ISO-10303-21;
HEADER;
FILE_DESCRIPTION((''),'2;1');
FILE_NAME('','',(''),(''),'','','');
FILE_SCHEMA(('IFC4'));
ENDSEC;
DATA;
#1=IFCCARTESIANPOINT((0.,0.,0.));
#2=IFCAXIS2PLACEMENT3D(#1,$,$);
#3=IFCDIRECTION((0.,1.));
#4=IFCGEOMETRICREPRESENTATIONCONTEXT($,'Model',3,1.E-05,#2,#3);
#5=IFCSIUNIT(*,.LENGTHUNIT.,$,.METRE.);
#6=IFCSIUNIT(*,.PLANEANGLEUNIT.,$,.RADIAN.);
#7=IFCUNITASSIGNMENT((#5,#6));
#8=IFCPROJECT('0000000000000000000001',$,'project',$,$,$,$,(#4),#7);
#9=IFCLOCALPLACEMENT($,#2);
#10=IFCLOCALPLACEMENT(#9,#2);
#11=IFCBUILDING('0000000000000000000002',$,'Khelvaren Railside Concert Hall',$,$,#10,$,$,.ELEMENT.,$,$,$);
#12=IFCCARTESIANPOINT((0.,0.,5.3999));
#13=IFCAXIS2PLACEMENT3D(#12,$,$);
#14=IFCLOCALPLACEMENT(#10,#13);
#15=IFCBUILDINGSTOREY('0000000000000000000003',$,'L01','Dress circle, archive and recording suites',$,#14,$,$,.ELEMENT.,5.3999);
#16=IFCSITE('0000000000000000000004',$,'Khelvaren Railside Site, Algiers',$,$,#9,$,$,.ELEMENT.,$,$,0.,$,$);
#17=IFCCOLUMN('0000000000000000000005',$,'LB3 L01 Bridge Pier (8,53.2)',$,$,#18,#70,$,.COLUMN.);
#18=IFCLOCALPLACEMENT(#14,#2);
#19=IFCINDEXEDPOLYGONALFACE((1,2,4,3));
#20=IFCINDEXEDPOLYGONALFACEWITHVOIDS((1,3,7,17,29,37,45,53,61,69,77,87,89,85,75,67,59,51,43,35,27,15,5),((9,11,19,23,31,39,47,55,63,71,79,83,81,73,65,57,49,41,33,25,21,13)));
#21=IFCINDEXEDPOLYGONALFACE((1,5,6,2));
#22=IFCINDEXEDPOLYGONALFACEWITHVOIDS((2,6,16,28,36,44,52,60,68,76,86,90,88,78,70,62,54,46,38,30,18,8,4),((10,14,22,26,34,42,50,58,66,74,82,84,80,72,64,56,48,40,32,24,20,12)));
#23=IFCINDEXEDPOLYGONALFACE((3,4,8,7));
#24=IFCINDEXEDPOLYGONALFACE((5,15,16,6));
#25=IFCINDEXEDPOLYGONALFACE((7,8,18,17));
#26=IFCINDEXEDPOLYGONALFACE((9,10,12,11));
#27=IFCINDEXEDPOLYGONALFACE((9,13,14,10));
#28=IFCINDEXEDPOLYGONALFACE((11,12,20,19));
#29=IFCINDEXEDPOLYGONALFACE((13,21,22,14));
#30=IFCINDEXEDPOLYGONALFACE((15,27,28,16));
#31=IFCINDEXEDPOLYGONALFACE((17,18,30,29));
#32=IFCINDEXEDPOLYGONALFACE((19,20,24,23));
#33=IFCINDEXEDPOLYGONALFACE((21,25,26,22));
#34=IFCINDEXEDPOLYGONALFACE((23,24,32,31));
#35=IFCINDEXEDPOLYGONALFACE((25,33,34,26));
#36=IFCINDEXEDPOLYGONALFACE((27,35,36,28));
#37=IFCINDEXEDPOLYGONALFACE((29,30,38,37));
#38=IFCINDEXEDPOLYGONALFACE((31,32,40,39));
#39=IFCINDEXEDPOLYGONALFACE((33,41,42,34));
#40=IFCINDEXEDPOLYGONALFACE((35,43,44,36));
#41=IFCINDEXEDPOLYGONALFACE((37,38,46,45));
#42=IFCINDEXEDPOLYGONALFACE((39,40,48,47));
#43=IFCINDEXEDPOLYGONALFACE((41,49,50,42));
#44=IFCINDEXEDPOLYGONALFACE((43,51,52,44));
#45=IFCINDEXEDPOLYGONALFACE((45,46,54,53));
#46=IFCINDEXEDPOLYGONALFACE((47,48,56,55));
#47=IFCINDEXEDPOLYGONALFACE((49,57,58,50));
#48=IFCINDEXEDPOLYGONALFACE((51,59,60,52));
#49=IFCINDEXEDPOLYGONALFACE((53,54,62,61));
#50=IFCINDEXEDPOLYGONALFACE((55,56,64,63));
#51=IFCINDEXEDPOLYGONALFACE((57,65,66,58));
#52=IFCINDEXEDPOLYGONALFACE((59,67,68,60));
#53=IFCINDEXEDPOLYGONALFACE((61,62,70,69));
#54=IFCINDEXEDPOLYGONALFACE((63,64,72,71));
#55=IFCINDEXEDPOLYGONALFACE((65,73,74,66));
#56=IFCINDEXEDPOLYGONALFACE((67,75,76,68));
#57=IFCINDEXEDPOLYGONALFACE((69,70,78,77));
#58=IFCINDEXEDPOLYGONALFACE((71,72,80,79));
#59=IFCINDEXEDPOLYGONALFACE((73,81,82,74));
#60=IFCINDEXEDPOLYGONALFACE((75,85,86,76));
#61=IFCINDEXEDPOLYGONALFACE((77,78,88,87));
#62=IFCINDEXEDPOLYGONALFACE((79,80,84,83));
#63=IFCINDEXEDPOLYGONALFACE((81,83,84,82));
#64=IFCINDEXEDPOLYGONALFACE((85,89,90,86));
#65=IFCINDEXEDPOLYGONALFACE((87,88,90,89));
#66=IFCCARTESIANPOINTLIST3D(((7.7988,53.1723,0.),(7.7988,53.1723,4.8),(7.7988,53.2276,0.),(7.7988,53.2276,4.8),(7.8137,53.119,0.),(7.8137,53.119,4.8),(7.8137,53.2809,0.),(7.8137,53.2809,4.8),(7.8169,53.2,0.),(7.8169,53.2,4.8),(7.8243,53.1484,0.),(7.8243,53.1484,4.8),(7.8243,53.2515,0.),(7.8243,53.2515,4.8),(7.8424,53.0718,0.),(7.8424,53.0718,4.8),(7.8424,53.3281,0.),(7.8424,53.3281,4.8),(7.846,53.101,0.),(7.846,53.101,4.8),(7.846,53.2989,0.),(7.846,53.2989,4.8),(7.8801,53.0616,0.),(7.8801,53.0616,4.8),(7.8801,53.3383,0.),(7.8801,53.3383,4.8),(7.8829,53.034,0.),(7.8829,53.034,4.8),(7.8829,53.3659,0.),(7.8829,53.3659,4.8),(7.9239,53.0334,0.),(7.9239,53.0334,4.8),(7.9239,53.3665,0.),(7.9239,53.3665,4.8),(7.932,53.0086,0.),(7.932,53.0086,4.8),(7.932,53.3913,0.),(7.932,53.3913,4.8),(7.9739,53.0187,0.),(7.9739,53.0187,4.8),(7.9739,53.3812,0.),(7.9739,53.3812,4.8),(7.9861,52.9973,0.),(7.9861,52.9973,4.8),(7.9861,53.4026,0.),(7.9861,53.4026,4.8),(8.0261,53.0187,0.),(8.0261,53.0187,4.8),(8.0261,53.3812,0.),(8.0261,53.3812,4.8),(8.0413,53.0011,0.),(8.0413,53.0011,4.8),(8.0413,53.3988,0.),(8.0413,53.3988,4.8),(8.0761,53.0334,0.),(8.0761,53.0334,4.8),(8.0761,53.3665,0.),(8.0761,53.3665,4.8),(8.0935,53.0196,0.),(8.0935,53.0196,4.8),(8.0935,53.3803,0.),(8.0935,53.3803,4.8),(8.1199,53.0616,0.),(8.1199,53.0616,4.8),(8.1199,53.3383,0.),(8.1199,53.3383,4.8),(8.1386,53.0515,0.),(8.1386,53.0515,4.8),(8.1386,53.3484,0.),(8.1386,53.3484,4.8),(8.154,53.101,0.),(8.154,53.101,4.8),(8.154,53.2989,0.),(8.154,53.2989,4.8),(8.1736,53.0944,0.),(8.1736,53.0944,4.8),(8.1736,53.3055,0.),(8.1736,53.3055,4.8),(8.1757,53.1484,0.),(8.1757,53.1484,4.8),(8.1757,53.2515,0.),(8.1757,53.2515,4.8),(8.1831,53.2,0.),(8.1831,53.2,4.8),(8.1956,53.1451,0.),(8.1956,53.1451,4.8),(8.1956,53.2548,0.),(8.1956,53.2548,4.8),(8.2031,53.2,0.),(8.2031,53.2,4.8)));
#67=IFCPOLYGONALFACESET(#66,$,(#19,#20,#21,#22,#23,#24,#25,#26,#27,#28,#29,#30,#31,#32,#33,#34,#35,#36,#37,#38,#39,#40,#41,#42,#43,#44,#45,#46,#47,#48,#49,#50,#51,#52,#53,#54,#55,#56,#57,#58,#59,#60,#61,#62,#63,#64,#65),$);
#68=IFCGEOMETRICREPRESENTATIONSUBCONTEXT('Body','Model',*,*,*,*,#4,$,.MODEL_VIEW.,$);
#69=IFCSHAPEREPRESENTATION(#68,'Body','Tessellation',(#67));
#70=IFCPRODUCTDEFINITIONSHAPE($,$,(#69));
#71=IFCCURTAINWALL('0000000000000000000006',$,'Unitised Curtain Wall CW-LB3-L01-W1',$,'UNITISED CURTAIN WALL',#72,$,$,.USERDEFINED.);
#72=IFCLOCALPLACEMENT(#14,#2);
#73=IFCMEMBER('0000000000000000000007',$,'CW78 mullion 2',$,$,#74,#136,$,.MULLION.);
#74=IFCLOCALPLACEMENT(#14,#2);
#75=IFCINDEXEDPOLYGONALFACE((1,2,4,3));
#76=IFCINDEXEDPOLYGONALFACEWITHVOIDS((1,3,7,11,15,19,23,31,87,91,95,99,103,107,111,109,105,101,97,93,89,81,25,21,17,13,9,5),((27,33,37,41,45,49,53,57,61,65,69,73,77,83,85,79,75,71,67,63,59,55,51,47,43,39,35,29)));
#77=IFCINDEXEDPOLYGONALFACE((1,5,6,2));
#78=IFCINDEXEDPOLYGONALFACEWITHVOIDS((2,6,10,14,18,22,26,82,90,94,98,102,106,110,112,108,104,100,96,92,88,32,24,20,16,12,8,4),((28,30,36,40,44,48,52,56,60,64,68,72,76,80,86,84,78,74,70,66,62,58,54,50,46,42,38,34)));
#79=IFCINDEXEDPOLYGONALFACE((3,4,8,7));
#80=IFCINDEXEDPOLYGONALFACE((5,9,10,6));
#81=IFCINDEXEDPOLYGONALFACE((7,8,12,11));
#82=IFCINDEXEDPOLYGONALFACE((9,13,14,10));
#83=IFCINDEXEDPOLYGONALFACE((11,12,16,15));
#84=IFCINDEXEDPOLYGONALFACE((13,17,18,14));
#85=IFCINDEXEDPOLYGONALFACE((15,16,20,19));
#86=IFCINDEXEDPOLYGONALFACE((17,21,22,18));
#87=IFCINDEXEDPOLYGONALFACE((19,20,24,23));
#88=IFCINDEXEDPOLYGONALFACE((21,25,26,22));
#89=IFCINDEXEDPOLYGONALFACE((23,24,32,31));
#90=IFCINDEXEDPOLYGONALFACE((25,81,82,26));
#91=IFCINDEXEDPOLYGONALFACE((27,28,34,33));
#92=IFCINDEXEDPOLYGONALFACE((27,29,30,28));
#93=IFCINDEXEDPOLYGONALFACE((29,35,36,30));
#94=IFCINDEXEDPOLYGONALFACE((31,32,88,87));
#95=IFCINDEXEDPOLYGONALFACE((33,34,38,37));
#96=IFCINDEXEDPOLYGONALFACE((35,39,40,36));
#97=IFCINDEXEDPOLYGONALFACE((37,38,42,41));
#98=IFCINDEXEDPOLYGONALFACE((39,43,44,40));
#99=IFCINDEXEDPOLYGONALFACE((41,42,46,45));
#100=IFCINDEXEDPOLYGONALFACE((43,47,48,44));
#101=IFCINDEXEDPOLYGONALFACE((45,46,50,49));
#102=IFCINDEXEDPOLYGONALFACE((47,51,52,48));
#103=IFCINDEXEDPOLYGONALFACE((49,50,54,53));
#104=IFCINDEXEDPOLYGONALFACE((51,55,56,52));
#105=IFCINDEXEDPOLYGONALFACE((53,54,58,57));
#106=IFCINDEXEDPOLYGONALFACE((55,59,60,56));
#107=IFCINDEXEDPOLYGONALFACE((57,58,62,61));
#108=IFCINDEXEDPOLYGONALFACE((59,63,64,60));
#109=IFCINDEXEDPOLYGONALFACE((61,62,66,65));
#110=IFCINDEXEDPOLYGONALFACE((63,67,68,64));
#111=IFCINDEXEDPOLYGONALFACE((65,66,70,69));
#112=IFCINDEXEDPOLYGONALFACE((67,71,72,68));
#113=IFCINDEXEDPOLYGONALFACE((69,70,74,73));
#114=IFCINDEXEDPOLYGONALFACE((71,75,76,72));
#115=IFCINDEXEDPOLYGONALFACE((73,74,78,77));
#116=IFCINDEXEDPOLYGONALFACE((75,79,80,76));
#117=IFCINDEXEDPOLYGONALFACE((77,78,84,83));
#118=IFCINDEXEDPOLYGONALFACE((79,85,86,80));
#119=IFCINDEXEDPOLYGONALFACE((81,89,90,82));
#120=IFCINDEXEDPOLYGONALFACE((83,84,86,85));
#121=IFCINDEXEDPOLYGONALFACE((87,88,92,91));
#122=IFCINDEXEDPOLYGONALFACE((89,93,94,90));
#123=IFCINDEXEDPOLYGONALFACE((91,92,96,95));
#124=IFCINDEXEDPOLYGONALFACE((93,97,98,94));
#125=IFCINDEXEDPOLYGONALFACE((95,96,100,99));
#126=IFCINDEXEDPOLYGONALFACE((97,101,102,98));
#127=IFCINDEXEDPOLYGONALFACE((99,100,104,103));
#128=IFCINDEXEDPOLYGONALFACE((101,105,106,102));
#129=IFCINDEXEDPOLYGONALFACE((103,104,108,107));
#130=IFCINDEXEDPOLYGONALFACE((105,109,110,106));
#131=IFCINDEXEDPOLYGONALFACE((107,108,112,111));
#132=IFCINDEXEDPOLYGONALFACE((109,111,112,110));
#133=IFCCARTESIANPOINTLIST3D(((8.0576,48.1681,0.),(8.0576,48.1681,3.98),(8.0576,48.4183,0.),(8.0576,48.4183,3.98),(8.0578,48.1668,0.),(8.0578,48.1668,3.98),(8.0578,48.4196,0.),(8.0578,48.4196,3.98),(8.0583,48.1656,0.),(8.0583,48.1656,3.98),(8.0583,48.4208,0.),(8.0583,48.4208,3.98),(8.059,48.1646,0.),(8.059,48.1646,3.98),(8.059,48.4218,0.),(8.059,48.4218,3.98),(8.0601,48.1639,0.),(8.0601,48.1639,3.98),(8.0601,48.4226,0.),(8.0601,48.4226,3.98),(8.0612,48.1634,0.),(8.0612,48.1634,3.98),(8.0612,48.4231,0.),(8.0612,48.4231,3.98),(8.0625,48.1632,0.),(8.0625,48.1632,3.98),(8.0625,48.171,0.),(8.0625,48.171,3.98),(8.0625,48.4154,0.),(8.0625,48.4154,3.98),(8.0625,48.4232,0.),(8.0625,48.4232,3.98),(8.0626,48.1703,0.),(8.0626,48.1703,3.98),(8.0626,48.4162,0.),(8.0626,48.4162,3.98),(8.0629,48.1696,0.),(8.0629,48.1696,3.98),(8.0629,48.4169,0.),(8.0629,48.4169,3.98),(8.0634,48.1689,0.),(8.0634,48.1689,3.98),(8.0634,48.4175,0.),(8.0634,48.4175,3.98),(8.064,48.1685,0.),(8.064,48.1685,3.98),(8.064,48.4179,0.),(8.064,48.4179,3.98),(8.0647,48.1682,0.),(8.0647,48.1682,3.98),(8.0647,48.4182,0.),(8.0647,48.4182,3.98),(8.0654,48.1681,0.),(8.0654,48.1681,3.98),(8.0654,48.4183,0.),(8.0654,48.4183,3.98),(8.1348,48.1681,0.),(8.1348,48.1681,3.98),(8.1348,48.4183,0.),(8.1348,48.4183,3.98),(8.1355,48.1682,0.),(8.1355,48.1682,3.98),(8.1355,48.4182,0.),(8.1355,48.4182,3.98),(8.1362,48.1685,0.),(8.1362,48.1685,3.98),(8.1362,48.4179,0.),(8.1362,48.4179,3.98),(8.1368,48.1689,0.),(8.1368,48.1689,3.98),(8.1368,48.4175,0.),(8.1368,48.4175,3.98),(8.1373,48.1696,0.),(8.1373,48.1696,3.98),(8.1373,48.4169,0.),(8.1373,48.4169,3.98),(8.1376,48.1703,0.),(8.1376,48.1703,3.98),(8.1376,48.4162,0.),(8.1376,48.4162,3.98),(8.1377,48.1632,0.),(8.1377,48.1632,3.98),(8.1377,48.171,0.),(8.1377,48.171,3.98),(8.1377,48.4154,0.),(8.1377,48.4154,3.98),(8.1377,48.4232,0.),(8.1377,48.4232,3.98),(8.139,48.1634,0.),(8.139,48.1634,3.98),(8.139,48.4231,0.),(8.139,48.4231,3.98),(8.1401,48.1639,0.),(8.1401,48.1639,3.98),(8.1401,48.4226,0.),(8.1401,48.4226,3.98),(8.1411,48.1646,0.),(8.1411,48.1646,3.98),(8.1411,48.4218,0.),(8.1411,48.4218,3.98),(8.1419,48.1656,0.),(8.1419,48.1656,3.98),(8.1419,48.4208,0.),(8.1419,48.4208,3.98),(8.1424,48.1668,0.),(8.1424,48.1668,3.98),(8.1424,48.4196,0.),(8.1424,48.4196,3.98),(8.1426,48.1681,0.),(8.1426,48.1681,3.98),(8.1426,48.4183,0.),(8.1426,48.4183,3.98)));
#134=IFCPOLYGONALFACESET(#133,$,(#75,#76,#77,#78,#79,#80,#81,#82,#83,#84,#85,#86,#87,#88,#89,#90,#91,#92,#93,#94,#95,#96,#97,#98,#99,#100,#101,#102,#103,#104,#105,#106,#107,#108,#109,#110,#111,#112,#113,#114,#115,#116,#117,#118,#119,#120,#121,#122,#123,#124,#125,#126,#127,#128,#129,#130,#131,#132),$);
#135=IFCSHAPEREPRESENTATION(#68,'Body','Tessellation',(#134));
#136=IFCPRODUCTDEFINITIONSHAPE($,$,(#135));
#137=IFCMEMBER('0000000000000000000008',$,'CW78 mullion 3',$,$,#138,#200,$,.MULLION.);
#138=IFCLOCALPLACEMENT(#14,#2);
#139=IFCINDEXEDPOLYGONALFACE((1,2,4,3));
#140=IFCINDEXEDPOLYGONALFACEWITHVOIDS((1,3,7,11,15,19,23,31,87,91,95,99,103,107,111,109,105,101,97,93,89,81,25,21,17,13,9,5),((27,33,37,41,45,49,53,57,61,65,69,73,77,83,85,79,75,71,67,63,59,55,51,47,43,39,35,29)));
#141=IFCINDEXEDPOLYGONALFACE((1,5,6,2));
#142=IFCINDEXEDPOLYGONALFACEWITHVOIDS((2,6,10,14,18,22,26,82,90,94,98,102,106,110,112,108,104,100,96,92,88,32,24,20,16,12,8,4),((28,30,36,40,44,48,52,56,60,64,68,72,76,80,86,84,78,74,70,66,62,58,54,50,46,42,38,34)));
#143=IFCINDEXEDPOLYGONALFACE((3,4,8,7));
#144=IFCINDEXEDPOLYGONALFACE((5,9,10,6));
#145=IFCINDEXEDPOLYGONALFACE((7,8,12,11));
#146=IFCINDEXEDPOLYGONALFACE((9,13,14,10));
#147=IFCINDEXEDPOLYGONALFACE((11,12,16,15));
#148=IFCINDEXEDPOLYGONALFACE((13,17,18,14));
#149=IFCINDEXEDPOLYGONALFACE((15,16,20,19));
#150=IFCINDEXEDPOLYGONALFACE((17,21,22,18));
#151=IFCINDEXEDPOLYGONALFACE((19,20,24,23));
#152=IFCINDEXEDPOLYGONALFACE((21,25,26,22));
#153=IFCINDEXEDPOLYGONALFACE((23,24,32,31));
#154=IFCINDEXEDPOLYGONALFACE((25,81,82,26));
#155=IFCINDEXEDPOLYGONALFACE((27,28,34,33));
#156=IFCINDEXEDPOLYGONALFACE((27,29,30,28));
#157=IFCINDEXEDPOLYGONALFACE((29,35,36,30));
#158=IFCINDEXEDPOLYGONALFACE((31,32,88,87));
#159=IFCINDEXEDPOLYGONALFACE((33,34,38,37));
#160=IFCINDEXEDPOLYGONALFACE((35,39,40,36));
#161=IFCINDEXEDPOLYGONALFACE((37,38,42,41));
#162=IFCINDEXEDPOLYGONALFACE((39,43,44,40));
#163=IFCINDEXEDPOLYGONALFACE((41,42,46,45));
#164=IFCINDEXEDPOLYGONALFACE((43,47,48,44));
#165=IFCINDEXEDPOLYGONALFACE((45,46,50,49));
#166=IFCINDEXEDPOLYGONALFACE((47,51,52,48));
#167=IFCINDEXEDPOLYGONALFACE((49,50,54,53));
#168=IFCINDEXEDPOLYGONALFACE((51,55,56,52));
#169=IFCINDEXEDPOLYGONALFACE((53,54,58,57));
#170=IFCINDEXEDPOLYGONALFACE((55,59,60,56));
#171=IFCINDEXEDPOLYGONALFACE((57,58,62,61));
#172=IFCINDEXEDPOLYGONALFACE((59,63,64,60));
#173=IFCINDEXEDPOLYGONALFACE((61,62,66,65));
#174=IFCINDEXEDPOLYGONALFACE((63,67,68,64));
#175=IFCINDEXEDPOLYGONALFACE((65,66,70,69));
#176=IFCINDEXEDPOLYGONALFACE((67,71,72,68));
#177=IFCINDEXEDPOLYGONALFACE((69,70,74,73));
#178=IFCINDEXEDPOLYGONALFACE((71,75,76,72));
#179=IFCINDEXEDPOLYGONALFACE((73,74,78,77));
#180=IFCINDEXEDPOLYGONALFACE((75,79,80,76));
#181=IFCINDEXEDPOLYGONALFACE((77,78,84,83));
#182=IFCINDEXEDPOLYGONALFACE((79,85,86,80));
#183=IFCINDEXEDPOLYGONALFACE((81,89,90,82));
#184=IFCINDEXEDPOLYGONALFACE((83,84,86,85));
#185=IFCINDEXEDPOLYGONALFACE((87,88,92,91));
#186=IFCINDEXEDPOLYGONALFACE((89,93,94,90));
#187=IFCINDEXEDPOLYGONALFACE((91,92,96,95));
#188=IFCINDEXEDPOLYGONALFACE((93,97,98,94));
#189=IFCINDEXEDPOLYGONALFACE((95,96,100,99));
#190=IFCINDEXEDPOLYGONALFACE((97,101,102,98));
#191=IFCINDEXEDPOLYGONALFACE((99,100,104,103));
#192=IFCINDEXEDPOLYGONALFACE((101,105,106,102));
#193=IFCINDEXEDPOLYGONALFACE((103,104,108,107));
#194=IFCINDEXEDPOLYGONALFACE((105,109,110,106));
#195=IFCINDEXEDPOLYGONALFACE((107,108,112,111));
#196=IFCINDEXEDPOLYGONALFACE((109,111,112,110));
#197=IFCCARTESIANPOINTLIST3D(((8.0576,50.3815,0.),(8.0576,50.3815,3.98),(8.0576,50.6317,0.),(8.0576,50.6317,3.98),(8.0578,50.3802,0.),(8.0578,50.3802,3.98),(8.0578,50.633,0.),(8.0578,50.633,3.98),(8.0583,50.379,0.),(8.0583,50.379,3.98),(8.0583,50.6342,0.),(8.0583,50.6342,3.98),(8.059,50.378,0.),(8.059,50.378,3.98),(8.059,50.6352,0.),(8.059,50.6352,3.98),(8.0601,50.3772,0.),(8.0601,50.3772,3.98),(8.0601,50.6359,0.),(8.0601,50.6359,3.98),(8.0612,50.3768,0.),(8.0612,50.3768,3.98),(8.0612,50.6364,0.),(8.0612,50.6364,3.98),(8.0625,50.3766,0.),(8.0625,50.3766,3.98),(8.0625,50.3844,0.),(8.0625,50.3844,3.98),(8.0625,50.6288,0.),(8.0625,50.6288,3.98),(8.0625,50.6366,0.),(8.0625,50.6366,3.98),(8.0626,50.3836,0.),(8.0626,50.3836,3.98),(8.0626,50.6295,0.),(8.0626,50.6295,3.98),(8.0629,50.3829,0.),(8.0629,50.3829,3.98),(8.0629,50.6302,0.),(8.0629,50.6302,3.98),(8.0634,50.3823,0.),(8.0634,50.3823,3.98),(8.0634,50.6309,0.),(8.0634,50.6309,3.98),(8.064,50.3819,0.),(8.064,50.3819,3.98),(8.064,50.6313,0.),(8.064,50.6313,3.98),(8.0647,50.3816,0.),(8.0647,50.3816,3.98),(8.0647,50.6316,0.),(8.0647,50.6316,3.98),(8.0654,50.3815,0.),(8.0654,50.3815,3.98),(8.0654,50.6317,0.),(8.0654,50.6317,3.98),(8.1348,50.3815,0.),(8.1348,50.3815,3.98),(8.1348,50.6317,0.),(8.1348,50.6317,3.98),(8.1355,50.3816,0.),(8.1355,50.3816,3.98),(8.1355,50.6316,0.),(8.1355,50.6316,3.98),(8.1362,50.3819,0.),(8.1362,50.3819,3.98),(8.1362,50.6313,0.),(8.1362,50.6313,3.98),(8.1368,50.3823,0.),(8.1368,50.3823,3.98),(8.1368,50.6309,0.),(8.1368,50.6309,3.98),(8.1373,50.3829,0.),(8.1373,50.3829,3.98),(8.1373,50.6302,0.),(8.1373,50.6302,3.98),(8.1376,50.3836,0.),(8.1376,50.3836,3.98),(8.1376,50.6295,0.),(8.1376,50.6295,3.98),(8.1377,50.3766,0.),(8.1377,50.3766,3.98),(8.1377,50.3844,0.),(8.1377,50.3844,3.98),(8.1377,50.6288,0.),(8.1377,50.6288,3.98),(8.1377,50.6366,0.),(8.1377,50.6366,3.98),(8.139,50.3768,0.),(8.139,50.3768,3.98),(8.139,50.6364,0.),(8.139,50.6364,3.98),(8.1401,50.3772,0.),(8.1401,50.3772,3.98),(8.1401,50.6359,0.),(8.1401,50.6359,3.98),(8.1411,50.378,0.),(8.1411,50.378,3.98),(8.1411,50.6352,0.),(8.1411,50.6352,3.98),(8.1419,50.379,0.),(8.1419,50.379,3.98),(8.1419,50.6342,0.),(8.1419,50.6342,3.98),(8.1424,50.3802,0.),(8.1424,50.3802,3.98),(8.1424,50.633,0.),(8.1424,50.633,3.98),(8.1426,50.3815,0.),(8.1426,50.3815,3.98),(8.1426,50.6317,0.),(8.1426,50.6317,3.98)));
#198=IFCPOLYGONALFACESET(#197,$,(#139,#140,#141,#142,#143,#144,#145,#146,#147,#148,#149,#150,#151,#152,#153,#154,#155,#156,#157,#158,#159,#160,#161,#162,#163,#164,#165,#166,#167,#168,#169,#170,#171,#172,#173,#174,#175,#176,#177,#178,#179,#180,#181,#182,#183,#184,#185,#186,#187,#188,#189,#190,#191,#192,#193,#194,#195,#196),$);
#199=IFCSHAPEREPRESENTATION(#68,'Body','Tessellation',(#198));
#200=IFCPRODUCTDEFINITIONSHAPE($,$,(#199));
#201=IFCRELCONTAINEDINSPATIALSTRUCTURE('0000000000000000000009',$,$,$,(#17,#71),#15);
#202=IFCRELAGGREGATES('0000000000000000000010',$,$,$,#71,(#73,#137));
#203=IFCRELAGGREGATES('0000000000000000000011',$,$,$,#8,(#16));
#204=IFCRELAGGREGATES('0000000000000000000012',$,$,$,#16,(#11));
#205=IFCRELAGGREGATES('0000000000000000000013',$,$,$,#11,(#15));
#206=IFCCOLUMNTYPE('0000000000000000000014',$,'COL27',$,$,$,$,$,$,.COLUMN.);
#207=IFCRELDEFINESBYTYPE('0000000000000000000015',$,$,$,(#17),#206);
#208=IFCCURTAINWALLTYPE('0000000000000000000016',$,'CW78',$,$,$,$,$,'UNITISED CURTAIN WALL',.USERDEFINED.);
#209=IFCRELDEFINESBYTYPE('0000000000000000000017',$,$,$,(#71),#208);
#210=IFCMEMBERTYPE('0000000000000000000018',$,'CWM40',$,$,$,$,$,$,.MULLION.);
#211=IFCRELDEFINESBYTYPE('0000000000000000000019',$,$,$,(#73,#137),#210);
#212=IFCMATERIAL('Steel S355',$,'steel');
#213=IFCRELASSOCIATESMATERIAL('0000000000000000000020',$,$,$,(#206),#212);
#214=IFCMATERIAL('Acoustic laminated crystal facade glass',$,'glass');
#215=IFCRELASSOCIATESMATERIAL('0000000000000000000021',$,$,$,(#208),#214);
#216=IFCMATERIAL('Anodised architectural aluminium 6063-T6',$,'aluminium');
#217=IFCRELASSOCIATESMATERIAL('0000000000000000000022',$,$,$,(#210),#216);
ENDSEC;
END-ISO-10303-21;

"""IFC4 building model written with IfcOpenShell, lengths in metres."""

from ifc_helpers import new_model, si_unit, direction, frame, origin, origin_2d, place, context, subcontext, project, spatial, hollow_rectangle, hollow_circle, extrude, material, material_profile, profile_set, type_object, element, aggregate, save


model = new_model("IFC4")

# Units and contexts
model_context = context("Model", 3, precision=1e-05, world=origin(), true_north=direction((0.0, 1.0)))
body_context = subcontext(model_context, "Body", "Model", "MODEL_VIEW")
ifc_project = project(units=[si_unit("LENGTHUNIT", "METRE"), si_unit("PLANEANGLEUNIT", "RADIAN")], contexts=[model_context])

# Site, building, storey
site_placement = place(None, origin())
site = spatial("IfcSite", under=ifc_project, at=site_placement, Name="Khelvaren Railside Site, Algiers", CompositionType="ELEMENT", RefElevation=0.0)
building_placement = place(site_placement, origin())
building = spatial("IfcBuilding", under=site, at=building_placement, Name="Khelvaren Railside Concert Hall", CompositionType="ELEMENT")
storey_placement = place(building_placement, frame((0.0, 0.0, 5.3999)))
storey = spatial("IfcBuildingStorey", under=building, at=storey_placement, Name="L01", Description="Dress circle, archive and recording suites", CompositionType="ELEMENT", Elevation=5.3999)

# Column
ifc_material_1 = material(Name="Steel S355", Category="steel")
ifc_material_profile_1 = material_profile(ifc_material_1, hollow_circle(Radius=0.2031, WallThickness=0.02, at=origin_2d()), Name="CHS 406.4x20")
ifc_profile_set_1 = profile_set([ifc_material_profile_1], Name="Steel S355")
column_type = type_object("IfcColumnType", Name="COL27", PredefinedType="COLUMN", material=ifc_profile_set_1)
column_placement = place(storey_placement, frame((8.0, 53.2, 0.0), z_axis=(0.0, 0.0, 1.0), x_axis=(1.0, 0.0, 0.0)))
element("IfcColumn", 1, at=column_placement, inside=storey, type_object=column_type, Name="LB3 L01 Bridge Pier (8,53.2)", PredefinedType="COLUMN", context=body_context, shape_type="SweptSolid", body=[
    extrude(hollow_circle(Radius=0.2031, WallThickness=0.02, at=origin_2d()), origin(), (0.0, 0.0, 1.0), 4.8),
])

# Curtain wall, members
ifc_material_2 = material(Name="Acoustic laminated crystal facade glass", Category="glass")
curtain_wall_type = type_object("IfcCurtainWallType", Name="CW78", ElementType="UNITISED CURTAIN WALL", PredefinedType="USERDEFINED", material=ifc_material_2)
curtain_wall_1_placement = place(storey_placement, origin())
curtain_wall_1 = element("IfcCurtainWall", 2, at=curtain_wall_1_placement, inside=storey, type_object=curtain_wall_type, Name="Unitised Curtain Wall CW-LB3-L01-W1", ObjectType="UNITISED CURTAIN WALL", PredefinedType="USERDEFINED")
ifc_material_3 = material(Name="Anodised architectural aluminium 6063-T6", Category="aluminium")
ifc_material_profile_2 = material_profile(ifc_material_3, hollow_rectangle(XDim=0.085, YDim=0.26, WallThickness=0.0049, InnerFilletRadius=0.0029, OuterFilletRadius=0.0049, at=origin_2d()), Name="CWM 85x260x5")
ifc_profile_set_2 = profile_set([ifc_material_profile_2], Name="Anodised architectural aluminium 6063-T6")
member_type_1 = type_object("IfcMemberType", Name="CWM40", PredefinedType="MULLION", material=ifc_profile_set_2)
member_1_placement = place(storey_placement, frame((8.1001, 48.2932, 0.0), z_axis=(0.0, 0.0, 1.0), x_axis=(-1.0, 0.0, 0.0)))
member_1 = element("IfcMember", 3, at=member_1_placement, type_object=member_type_1, Name="CW78 mullion 2", PredefinedType="MULLION", context=body_context, shape_type="SweptSolid", body=[
    extrude(hollow_rectangle(XDim=0.085, YDim=0.26, WallThickness=0.0049, InnerFilletRadius=0.0029, OuterFilletRadius=0.0049, at=origin_2d()), origin(), (0.0, 0.0, 1.0), 3.98),
])
member_2_placement = place(storey_placement, frame((8.1001, 50.5066, 0.0), z_axis=(0.0, 0.0, 1.0), x_axis=(-1.0, 0.0, 0.0)))
member_2 = element("IfcMember", 4, at=member_2_placement, type_object=member_type_1, Name="CW78 mullion 3", PredefinedType="MULLION", context=body_context, shape_type="SweptSolid", body=[
    extrude(hollow_rectangle(XDim=0.085, YDim=0.26, WallThickness=0.0049, InnerFilletRadius=0.0029, OuterFilletRadius=0.0049, at=origin_2d()), origin(), (0.0, 0.0, 1.0), 3.98),
])

aggregate(curtain_wall_1, [member_1, member_2])

save(model, "model.ifc")
